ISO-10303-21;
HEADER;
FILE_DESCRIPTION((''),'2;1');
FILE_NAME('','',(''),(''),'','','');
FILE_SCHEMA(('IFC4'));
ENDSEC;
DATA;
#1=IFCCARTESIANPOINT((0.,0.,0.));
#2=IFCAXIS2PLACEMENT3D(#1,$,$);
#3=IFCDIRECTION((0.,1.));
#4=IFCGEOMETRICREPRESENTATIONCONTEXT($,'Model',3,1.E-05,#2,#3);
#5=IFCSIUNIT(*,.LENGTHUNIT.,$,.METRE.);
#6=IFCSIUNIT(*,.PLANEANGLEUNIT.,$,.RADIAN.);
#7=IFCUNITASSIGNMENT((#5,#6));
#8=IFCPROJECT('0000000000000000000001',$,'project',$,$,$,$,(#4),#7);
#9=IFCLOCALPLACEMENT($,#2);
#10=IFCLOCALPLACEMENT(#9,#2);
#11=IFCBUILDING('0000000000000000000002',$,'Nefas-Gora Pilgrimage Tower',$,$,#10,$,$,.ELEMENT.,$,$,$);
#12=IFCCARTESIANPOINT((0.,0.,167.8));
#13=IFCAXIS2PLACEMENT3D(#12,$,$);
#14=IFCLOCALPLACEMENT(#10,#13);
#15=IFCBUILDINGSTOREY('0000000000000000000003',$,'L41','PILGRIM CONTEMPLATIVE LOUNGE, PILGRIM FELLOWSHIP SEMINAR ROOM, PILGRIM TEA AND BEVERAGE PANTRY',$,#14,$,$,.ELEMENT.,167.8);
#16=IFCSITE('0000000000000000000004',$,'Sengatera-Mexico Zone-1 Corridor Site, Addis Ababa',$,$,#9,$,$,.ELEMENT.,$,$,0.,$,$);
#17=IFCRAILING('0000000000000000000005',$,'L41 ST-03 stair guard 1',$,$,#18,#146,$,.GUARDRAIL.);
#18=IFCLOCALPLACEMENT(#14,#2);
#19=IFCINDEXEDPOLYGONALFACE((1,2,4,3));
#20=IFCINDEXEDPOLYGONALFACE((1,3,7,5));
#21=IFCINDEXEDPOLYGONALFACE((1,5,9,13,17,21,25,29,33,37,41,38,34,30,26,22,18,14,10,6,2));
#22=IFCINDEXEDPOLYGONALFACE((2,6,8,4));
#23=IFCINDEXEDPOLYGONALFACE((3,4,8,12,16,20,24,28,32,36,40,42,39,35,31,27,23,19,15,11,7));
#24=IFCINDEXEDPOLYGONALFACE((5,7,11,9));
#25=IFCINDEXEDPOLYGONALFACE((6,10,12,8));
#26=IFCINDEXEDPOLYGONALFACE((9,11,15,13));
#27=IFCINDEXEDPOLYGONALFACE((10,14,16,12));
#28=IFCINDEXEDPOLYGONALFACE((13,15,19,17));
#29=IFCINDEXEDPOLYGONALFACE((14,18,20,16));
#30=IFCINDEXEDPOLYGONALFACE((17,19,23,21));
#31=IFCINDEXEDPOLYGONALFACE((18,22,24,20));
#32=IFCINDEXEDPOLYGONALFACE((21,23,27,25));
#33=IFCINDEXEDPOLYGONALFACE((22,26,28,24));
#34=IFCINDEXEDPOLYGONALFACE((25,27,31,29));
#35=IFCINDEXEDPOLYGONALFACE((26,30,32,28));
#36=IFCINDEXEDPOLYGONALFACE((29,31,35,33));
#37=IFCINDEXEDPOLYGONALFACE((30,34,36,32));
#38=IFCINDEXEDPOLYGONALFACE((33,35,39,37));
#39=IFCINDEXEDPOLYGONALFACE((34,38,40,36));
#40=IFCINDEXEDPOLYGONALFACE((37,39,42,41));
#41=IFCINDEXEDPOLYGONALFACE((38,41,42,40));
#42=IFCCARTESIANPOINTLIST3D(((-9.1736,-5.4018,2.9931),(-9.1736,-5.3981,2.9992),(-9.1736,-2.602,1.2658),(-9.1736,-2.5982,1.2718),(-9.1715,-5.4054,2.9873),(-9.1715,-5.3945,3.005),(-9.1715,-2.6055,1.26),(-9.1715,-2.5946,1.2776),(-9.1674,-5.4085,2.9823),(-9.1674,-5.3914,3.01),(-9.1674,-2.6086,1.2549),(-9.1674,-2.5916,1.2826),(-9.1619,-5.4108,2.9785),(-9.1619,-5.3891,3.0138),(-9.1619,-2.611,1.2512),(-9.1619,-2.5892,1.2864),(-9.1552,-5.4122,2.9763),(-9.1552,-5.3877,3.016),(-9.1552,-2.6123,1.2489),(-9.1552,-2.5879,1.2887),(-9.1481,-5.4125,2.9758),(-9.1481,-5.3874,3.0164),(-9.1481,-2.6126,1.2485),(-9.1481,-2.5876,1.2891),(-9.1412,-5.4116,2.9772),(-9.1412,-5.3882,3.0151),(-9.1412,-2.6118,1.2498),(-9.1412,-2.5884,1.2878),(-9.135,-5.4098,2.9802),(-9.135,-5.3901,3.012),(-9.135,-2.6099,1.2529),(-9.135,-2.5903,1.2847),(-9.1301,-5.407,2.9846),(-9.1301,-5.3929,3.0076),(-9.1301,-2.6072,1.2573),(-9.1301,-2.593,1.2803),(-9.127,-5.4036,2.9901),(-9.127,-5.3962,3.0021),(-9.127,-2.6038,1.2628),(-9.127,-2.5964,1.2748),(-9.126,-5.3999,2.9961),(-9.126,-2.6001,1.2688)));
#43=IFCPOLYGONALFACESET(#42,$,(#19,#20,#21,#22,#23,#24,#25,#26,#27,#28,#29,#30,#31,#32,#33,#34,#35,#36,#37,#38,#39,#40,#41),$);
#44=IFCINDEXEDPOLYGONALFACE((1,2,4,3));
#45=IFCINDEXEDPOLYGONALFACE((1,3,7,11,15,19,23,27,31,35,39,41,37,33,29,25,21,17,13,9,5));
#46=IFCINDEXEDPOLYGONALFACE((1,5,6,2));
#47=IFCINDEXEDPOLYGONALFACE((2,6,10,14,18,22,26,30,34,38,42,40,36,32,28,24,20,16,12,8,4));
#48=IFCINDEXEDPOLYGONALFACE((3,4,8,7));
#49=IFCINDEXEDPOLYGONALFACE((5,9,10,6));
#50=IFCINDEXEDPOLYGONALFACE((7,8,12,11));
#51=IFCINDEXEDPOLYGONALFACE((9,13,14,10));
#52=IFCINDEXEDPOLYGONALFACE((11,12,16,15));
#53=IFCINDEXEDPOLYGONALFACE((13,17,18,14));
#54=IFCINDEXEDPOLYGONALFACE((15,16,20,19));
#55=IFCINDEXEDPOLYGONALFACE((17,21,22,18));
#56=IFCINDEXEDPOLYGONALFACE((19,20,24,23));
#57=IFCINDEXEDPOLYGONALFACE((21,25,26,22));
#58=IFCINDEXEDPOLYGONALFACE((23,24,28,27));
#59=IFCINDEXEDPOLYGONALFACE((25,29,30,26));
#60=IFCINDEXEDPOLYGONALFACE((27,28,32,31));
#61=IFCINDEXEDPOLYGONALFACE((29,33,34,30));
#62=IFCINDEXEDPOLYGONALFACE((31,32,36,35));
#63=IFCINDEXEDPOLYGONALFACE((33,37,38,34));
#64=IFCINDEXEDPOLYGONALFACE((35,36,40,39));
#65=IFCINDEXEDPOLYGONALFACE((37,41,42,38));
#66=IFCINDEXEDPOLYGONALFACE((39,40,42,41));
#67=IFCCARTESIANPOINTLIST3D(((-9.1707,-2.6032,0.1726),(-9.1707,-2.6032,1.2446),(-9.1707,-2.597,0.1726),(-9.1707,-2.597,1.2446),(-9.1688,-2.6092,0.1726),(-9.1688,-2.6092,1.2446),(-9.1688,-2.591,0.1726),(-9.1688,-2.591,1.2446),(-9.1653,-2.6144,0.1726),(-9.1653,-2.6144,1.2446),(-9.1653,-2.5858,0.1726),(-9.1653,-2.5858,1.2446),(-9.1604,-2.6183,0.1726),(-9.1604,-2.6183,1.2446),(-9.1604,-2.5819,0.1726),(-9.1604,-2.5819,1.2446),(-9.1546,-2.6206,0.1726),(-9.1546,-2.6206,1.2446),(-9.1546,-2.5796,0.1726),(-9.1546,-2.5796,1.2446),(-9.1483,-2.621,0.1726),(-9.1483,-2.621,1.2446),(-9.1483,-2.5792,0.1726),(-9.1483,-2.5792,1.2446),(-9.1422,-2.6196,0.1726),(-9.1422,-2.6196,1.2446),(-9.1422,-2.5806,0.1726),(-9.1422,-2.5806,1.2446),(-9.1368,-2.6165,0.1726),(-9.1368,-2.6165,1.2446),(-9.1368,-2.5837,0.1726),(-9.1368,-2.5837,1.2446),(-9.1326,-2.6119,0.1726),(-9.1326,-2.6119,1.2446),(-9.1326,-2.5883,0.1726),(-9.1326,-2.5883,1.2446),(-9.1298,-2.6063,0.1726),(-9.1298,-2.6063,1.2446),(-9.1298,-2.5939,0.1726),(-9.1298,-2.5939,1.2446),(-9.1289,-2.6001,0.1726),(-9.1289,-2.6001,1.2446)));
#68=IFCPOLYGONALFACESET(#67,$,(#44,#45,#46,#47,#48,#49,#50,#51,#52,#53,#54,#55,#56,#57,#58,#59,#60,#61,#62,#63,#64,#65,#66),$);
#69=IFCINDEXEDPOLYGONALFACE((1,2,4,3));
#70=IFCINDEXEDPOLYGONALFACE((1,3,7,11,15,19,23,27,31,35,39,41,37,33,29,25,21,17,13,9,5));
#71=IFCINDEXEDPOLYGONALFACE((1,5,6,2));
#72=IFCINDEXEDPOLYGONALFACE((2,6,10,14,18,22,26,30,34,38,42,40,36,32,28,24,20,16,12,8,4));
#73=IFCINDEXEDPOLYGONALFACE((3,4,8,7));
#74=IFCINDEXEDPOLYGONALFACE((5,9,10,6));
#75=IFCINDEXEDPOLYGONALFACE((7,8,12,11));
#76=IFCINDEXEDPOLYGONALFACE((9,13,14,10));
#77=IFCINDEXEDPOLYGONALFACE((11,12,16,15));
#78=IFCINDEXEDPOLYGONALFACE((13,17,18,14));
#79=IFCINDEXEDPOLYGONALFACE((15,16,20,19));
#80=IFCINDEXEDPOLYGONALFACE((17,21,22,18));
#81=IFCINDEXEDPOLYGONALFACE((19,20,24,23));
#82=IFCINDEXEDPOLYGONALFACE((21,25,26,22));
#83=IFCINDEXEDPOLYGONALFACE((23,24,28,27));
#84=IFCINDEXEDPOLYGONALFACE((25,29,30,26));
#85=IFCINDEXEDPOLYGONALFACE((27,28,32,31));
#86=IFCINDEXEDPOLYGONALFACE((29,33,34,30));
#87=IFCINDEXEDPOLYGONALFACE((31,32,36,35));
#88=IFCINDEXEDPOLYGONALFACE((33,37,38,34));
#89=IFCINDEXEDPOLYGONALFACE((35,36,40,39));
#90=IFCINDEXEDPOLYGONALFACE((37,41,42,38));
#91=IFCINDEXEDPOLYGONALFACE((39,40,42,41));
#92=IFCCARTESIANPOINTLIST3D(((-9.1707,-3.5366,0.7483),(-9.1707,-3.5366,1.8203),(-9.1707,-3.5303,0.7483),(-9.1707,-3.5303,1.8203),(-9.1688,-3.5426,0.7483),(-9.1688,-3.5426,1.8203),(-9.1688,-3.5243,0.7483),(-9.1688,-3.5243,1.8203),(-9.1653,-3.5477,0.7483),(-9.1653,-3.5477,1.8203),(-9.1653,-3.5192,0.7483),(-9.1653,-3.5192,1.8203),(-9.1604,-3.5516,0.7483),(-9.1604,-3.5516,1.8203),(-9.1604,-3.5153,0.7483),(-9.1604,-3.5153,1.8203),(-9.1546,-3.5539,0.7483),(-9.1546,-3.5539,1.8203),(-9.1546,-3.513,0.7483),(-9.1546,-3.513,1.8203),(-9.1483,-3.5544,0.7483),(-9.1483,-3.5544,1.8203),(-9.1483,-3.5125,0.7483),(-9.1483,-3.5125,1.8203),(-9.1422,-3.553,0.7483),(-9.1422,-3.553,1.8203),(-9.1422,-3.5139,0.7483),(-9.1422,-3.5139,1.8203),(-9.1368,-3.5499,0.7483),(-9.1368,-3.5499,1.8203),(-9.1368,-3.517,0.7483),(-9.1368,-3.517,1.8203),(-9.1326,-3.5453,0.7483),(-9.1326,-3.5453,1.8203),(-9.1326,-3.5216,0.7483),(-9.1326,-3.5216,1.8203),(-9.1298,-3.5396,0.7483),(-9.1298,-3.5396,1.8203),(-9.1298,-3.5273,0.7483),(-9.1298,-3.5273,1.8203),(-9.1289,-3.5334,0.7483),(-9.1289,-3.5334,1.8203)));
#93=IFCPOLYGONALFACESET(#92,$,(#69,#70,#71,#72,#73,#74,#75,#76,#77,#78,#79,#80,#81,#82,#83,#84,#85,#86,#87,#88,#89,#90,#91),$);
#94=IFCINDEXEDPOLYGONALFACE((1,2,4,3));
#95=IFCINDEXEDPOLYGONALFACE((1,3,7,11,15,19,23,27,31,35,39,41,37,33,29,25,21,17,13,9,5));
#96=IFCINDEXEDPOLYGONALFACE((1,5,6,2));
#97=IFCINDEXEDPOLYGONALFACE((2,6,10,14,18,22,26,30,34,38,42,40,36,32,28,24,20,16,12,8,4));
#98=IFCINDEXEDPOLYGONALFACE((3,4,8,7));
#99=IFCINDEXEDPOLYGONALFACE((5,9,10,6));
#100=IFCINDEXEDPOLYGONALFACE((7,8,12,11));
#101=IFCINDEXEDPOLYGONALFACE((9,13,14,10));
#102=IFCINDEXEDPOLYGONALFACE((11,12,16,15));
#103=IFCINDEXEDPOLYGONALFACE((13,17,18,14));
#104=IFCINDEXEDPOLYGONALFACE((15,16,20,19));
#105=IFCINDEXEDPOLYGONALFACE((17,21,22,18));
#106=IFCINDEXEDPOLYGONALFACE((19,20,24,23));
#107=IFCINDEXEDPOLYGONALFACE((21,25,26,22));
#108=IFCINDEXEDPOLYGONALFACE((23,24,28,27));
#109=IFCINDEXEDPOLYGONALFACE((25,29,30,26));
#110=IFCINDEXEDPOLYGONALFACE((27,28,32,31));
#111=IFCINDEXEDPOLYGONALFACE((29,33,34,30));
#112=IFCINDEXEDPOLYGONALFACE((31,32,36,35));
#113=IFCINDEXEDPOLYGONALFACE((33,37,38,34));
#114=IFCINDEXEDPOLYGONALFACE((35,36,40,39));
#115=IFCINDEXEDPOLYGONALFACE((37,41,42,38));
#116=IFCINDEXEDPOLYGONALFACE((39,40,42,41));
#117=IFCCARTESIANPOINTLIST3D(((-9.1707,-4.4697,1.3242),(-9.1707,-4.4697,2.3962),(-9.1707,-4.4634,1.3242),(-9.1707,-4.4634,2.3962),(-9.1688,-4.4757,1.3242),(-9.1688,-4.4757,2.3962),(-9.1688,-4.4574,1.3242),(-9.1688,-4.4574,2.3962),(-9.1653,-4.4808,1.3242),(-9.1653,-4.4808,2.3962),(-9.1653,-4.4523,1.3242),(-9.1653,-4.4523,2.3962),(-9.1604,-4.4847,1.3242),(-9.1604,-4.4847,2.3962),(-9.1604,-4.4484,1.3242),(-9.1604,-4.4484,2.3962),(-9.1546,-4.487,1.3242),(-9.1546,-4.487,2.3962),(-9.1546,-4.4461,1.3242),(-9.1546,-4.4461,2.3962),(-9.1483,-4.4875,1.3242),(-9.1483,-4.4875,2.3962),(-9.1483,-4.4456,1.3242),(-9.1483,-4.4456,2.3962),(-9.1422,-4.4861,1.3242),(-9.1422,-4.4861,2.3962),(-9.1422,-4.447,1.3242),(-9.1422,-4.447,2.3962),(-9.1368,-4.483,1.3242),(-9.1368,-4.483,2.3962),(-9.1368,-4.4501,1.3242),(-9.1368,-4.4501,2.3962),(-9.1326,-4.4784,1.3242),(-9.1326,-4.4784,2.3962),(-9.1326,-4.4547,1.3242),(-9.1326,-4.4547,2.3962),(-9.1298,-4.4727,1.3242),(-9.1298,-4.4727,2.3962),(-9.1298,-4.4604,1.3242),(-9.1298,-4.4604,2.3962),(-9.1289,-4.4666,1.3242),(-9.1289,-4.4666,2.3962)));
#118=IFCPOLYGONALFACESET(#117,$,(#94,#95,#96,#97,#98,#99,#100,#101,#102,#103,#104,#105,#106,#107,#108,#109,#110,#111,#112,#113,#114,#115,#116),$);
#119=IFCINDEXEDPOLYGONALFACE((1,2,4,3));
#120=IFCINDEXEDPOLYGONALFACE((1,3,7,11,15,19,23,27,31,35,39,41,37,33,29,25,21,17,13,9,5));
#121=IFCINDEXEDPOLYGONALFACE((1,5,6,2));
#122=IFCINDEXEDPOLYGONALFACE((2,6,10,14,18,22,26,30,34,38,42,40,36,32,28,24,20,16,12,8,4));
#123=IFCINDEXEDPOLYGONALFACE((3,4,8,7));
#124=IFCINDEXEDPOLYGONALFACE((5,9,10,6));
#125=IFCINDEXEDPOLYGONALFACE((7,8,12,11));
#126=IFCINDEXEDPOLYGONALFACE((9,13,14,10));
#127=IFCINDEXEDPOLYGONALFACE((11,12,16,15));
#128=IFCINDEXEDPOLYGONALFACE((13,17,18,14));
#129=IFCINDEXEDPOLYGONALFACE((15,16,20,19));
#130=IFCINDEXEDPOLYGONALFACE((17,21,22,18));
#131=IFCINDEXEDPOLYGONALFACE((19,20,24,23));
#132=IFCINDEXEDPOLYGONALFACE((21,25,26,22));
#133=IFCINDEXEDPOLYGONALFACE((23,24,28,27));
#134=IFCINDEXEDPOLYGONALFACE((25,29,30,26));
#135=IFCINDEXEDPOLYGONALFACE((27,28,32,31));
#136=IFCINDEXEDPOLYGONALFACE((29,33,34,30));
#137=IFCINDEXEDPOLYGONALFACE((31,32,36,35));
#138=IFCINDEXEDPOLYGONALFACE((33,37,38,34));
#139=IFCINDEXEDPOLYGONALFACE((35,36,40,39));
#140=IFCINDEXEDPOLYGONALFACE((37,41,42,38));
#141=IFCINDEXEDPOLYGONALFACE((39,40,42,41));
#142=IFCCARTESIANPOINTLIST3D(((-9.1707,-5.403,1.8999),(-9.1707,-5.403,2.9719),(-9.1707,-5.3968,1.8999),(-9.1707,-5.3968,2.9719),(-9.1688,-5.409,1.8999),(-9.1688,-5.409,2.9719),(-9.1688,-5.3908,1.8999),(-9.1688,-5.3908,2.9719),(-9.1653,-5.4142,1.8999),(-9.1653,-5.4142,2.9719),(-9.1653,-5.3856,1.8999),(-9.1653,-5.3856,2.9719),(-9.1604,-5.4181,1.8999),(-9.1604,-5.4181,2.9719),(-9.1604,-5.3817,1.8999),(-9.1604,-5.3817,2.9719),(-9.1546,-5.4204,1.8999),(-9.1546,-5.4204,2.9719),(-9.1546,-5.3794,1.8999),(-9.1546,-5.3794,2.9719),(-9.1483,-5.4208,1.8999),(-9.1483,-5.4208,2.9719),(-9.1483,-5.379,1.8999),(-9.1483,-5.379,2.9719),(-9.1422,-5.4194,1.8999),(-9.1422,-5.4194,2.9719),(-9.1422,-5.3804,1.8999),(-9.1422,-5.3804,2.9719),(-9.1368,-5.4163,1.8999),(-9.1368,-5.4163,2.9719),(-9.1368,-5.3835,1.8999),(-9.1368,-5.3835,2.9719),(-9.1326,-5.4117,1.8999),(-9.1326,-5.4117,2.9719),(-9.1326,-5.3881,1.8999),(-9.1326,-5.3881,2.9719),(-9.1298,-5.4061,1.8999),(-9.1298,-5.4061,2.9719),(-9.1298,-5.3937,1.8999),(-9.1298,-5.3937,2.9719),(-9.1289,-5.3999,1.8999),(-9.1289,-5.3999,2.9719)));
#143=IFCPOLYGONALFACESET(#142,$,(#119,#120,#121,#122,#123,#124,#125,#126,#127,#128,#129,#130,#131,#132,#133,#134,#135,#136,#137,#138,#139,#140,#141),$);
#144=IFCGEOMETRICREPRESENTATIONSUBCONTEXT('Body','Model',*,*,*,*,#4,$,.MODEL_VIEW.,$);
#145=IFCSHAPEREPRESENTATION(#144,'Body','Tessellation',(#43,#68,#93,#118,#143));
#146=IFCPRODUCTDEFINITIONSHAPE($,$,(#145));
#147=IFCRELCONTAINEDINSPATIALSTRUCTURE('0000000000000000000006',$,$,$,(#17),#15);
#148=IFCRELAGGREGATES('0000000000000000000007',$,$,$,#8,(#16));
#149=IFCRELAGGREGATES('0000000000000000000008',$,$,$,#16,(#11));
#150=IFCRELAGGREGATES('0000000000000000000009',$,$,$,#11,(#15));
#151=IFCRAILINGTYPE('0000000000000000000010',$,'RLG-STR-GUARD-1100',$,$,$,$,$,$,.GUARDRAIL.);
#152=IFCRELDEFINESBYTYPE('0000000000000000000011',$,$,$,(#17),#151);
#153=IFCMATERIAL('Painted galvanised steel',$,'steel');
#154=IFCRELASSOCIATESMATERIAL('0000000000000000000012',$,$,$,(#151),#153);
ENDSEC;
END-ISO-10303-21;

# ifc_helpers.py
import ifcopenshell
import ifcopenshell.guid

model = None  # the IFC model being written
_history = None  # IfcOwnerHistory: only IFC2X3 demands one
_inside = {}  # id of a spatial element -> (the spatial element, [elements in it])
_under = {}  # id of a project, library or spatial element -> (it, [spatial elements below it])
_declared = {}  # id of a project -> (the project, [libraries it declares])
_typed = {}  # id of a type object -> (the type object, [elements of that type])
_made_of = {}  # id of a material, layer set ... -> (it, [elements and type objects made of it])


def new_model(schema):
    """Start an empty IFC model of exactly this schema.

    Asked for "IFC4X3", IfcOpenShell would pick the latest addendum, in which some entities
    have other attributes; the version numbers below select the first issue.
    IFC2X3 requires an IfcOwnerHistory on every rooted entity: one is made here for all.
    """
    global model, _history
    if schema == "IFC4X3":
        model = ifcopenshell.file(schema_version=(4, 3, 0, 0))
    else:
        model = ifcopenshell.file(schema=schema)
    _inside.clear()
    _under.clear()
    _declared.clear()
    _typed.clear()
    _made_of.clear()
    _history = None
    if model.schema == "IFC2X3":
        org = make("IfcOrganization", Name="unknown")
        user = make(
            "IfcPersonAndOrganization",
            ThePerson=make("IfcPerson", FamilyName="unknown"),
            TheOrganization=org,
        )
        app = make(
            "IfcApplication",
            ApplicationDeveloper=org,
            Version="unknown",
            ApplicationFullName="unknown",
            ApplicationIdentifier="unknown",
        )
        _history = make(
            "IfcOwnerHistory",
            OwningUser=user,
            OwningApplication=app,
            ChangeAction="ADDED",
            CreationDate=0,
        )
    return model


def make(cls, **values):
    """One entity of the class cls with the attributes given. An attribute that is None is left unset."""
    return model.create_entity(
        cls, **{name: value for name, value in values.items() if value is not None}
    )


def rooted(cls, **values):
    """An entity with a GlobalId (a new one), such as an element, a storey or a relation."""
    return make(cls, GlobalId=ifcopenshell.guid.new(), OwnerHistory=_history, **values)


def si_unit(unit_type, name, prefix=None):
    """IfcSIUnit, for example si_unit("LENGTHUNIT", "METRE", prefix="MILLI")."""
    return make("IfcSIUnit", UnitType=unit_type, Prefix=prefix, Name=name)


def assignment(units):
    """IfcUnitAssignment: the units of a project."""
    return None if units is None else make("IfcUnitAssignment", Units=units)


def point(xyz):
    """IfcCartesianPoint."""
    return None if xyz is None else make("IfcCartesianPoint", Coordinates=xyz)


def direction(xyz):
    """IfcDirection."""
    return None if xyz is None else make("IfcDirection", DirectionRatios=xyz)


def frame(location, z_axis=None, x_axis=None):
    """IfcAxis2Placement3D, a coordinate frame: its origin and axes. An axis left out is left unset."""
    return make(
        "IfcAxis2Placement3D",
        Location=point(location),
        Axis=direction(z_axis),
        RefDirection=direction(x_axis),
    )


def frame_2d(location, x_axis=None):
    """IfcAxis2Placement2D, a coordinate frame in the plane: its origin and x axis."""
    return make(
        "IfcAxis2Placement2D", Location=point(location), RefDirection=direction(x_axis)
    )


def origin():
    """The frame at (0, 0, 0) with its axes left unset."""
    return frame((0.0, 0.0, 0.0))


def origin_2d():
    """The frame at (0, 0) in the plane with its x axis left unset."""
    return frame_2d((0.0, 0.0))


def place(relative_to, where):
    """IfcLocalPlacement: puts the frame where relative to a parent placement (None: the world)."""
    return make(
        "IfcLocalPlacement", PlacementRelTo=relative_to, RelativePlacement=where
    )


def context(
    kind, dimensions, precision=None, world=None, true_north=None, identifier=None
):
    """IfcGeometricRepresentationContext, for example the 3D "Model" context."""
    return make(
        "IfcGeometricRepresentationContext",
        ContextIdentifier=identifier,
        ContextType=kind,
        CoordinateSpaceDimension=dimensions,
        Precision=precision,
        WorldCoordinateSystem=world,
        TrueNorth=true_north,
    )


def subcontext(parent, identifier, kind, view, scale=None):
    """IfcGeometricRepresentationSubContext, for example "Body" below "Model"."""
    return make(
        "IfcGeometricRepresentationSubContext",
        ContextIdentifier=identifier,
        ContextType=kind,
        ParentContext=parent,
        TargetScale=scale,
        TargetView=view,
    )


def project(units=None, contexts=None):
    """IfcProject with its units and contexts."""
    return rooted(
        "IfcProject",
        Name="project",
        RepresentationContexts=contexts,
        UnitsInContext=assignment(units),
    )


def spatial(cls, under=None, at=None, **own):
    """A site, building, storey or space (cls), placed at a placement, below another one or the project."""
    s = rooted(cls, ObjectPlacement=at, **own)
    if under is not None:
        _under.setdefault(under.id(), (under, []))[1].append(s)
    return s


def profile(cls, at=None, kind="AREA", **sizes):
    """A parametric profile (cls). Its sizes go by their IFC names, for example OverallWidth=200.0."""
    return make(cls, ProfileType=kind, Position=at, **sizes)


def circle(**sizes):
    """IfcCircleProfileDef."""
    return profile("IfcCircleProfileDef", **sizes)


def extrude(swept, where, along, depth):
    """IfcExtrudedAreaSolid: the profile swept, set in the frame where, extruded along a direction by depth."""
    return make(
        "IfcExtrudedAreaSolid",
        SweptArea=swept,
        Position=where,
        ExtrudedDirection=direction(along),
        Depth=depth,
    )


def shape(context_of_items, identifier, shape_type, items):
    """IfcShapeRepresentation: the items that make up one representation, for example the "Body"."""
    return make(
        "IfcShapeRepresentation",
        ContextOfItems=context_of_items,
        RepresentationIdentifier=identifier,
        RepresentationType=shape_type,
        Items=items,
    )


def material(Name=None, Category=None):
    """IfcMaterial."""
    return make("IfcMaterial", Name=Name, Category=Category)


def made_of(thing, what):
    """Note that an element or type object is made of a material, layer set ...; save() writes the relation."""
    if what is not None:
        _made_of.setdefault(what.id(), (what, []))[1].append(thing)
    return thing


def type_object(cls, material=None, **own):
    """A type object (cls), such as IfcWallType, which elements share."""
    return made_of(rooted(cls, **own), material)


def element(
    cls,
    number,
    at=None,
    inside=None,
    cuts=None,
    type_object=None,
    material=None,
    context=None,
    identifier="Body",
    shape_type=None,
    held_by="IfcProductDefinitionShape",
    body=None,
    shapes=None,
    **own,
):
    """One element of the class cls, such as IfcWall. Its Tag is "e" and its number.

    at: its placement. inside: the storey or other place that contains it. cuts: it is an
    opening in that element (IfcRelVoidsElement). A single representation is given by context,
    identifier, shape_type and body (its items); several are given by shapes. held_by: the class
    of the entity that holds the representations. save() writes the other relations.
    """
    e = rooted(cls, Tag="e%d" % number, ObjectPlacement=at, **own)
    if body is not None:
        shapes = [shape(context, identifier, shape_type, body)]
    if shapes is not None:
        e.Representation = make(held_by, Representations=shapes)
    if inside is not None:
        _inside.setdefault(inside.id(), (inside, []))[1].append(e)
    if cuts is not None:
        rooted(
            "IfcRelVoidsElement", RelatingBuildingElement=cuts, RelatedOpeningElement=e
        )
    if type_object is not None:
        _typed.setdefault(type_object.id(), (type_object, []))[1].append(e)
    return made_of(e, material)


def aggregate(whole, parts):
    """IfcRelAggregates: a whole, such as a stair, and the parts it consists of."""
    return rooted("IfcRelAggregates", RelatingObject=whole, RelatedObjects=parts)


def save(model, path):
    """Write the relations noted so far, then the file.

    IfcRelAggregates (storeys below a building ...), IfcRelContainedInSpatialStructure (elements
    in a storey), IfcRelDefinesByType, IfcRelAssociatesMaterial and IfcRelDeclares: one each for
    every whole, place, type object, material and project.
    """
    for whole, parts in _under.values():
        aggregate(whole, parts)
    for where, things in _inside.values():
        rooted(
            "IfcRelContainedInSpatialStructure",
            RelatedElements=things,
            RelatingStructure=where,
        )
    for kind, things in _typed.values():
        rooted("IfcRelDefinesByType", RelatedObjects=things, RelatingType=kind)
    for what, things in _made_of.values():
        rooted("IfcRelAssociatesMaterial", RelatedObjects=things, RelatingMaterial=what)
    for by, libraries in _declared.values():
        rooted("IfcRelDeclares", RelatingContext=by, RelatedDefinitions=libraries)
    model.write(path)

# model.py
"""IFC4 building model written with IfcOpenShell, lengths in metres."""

from ifc_helpers import new_model, si_unit, direction, frame, origin, origin_2d, place, context, subcontext, project, spatial, circle, extrude, material, type_object, element, save


model = new_model("IFC4")

# Units and contexts
model_context = context("Model", 3, precision=1e-05, world=origin(), true_north=direction((0.0, 1.0)))
body_context = subcontext(model_context, "Body", "Model", "MODEL_VIEW")
ifc_project = project(units=[si_unit("LENGTHUNIT", "METRE"), si_unit("PLANEANGLEUNIT", "RADIAN")], contexts=[model_context])

# Site, building, storey
site_placement = place(None, origin())
site = spatial("IfcSite", under=ifc_project, at=site_placement, Name="Sengatera-Mexico Zone-1 Corridor Site, Addis Ababa", CompositionType="ELEMENT", RefElevation=0.0)
building_placement = place(site_placement, origin())
building = spatial("IfcBuilding", under=site, at=building_placement, Name="Nefas-Gora Pilgrimage Tower", CompositionType="ELEMENT")
storey_placement = place(building_placement, frame((0.0, 0.0, 167.8)))
storey = spatial("IfcBuildingStorey", under=building, at=storey_placement, Name="L41", Description="PILGRIM CONTEMPLATIVE LOUNGE, PILGRIM FELLOWSHIP SEMINAR ROOM, PILGRIM TEA AND BEVERAGE PANTRY", CompositionType="ELEMENT", Elevation=167.8)

# Railing
ifc_material_1 = material(Name="Painted galvanised steel", Category="steel")
railing_type_1 = type_object("IfcRailingType", Name="RLG-STR-GUARD-1100", PredefinedType="GUARDRAIL", material=ifc_material_1)
railing_1_placement = place(storey_placement, frame((-9.1499, -2.6001, 0.1726)))
element("IfcRailing", 1, at=railing_1_placement, inside=storey, type_object=railing_type_1, Name="L41 ST-03 stair guard 1", PredefinedType="GUARDRAIL", context=body_context, shape_type="SweptSolid", body=[
    extrude(circle(Radius=0.0239, at=origin_2d()), frame((0.0, 0.0, 1.0962), z_axis=(0.0, -0.851069, 0.525054), x_axis=(1.0, 0.0, 0.0)), (0.0, 0.0, 1.0), 3.2898),
    extrude(circle(Radius=0.021, at=origin_2d()), origin(), (0.0, 0.0, 1.0), 1.072),
    extrude(circle(Radius=0.021, at=origin_2d()), frame((0.0, -0.9333, 0.5757)), (0.0, 0.0, 1.0), 1.072),
    extrude(circle(Radius=0.021, at=origin_2d()), frame((0.0, -1.8665, 1.1516)), (0.0, 0.0, 1.0), 1.072),
    extrude(circle(Radius=0.021, at=origin_2d()), frame((0.0, -2.7998, 1.7273)), (0.0, 0.0, 1.0), 1.072),
])

save(model, "model.ifc")
